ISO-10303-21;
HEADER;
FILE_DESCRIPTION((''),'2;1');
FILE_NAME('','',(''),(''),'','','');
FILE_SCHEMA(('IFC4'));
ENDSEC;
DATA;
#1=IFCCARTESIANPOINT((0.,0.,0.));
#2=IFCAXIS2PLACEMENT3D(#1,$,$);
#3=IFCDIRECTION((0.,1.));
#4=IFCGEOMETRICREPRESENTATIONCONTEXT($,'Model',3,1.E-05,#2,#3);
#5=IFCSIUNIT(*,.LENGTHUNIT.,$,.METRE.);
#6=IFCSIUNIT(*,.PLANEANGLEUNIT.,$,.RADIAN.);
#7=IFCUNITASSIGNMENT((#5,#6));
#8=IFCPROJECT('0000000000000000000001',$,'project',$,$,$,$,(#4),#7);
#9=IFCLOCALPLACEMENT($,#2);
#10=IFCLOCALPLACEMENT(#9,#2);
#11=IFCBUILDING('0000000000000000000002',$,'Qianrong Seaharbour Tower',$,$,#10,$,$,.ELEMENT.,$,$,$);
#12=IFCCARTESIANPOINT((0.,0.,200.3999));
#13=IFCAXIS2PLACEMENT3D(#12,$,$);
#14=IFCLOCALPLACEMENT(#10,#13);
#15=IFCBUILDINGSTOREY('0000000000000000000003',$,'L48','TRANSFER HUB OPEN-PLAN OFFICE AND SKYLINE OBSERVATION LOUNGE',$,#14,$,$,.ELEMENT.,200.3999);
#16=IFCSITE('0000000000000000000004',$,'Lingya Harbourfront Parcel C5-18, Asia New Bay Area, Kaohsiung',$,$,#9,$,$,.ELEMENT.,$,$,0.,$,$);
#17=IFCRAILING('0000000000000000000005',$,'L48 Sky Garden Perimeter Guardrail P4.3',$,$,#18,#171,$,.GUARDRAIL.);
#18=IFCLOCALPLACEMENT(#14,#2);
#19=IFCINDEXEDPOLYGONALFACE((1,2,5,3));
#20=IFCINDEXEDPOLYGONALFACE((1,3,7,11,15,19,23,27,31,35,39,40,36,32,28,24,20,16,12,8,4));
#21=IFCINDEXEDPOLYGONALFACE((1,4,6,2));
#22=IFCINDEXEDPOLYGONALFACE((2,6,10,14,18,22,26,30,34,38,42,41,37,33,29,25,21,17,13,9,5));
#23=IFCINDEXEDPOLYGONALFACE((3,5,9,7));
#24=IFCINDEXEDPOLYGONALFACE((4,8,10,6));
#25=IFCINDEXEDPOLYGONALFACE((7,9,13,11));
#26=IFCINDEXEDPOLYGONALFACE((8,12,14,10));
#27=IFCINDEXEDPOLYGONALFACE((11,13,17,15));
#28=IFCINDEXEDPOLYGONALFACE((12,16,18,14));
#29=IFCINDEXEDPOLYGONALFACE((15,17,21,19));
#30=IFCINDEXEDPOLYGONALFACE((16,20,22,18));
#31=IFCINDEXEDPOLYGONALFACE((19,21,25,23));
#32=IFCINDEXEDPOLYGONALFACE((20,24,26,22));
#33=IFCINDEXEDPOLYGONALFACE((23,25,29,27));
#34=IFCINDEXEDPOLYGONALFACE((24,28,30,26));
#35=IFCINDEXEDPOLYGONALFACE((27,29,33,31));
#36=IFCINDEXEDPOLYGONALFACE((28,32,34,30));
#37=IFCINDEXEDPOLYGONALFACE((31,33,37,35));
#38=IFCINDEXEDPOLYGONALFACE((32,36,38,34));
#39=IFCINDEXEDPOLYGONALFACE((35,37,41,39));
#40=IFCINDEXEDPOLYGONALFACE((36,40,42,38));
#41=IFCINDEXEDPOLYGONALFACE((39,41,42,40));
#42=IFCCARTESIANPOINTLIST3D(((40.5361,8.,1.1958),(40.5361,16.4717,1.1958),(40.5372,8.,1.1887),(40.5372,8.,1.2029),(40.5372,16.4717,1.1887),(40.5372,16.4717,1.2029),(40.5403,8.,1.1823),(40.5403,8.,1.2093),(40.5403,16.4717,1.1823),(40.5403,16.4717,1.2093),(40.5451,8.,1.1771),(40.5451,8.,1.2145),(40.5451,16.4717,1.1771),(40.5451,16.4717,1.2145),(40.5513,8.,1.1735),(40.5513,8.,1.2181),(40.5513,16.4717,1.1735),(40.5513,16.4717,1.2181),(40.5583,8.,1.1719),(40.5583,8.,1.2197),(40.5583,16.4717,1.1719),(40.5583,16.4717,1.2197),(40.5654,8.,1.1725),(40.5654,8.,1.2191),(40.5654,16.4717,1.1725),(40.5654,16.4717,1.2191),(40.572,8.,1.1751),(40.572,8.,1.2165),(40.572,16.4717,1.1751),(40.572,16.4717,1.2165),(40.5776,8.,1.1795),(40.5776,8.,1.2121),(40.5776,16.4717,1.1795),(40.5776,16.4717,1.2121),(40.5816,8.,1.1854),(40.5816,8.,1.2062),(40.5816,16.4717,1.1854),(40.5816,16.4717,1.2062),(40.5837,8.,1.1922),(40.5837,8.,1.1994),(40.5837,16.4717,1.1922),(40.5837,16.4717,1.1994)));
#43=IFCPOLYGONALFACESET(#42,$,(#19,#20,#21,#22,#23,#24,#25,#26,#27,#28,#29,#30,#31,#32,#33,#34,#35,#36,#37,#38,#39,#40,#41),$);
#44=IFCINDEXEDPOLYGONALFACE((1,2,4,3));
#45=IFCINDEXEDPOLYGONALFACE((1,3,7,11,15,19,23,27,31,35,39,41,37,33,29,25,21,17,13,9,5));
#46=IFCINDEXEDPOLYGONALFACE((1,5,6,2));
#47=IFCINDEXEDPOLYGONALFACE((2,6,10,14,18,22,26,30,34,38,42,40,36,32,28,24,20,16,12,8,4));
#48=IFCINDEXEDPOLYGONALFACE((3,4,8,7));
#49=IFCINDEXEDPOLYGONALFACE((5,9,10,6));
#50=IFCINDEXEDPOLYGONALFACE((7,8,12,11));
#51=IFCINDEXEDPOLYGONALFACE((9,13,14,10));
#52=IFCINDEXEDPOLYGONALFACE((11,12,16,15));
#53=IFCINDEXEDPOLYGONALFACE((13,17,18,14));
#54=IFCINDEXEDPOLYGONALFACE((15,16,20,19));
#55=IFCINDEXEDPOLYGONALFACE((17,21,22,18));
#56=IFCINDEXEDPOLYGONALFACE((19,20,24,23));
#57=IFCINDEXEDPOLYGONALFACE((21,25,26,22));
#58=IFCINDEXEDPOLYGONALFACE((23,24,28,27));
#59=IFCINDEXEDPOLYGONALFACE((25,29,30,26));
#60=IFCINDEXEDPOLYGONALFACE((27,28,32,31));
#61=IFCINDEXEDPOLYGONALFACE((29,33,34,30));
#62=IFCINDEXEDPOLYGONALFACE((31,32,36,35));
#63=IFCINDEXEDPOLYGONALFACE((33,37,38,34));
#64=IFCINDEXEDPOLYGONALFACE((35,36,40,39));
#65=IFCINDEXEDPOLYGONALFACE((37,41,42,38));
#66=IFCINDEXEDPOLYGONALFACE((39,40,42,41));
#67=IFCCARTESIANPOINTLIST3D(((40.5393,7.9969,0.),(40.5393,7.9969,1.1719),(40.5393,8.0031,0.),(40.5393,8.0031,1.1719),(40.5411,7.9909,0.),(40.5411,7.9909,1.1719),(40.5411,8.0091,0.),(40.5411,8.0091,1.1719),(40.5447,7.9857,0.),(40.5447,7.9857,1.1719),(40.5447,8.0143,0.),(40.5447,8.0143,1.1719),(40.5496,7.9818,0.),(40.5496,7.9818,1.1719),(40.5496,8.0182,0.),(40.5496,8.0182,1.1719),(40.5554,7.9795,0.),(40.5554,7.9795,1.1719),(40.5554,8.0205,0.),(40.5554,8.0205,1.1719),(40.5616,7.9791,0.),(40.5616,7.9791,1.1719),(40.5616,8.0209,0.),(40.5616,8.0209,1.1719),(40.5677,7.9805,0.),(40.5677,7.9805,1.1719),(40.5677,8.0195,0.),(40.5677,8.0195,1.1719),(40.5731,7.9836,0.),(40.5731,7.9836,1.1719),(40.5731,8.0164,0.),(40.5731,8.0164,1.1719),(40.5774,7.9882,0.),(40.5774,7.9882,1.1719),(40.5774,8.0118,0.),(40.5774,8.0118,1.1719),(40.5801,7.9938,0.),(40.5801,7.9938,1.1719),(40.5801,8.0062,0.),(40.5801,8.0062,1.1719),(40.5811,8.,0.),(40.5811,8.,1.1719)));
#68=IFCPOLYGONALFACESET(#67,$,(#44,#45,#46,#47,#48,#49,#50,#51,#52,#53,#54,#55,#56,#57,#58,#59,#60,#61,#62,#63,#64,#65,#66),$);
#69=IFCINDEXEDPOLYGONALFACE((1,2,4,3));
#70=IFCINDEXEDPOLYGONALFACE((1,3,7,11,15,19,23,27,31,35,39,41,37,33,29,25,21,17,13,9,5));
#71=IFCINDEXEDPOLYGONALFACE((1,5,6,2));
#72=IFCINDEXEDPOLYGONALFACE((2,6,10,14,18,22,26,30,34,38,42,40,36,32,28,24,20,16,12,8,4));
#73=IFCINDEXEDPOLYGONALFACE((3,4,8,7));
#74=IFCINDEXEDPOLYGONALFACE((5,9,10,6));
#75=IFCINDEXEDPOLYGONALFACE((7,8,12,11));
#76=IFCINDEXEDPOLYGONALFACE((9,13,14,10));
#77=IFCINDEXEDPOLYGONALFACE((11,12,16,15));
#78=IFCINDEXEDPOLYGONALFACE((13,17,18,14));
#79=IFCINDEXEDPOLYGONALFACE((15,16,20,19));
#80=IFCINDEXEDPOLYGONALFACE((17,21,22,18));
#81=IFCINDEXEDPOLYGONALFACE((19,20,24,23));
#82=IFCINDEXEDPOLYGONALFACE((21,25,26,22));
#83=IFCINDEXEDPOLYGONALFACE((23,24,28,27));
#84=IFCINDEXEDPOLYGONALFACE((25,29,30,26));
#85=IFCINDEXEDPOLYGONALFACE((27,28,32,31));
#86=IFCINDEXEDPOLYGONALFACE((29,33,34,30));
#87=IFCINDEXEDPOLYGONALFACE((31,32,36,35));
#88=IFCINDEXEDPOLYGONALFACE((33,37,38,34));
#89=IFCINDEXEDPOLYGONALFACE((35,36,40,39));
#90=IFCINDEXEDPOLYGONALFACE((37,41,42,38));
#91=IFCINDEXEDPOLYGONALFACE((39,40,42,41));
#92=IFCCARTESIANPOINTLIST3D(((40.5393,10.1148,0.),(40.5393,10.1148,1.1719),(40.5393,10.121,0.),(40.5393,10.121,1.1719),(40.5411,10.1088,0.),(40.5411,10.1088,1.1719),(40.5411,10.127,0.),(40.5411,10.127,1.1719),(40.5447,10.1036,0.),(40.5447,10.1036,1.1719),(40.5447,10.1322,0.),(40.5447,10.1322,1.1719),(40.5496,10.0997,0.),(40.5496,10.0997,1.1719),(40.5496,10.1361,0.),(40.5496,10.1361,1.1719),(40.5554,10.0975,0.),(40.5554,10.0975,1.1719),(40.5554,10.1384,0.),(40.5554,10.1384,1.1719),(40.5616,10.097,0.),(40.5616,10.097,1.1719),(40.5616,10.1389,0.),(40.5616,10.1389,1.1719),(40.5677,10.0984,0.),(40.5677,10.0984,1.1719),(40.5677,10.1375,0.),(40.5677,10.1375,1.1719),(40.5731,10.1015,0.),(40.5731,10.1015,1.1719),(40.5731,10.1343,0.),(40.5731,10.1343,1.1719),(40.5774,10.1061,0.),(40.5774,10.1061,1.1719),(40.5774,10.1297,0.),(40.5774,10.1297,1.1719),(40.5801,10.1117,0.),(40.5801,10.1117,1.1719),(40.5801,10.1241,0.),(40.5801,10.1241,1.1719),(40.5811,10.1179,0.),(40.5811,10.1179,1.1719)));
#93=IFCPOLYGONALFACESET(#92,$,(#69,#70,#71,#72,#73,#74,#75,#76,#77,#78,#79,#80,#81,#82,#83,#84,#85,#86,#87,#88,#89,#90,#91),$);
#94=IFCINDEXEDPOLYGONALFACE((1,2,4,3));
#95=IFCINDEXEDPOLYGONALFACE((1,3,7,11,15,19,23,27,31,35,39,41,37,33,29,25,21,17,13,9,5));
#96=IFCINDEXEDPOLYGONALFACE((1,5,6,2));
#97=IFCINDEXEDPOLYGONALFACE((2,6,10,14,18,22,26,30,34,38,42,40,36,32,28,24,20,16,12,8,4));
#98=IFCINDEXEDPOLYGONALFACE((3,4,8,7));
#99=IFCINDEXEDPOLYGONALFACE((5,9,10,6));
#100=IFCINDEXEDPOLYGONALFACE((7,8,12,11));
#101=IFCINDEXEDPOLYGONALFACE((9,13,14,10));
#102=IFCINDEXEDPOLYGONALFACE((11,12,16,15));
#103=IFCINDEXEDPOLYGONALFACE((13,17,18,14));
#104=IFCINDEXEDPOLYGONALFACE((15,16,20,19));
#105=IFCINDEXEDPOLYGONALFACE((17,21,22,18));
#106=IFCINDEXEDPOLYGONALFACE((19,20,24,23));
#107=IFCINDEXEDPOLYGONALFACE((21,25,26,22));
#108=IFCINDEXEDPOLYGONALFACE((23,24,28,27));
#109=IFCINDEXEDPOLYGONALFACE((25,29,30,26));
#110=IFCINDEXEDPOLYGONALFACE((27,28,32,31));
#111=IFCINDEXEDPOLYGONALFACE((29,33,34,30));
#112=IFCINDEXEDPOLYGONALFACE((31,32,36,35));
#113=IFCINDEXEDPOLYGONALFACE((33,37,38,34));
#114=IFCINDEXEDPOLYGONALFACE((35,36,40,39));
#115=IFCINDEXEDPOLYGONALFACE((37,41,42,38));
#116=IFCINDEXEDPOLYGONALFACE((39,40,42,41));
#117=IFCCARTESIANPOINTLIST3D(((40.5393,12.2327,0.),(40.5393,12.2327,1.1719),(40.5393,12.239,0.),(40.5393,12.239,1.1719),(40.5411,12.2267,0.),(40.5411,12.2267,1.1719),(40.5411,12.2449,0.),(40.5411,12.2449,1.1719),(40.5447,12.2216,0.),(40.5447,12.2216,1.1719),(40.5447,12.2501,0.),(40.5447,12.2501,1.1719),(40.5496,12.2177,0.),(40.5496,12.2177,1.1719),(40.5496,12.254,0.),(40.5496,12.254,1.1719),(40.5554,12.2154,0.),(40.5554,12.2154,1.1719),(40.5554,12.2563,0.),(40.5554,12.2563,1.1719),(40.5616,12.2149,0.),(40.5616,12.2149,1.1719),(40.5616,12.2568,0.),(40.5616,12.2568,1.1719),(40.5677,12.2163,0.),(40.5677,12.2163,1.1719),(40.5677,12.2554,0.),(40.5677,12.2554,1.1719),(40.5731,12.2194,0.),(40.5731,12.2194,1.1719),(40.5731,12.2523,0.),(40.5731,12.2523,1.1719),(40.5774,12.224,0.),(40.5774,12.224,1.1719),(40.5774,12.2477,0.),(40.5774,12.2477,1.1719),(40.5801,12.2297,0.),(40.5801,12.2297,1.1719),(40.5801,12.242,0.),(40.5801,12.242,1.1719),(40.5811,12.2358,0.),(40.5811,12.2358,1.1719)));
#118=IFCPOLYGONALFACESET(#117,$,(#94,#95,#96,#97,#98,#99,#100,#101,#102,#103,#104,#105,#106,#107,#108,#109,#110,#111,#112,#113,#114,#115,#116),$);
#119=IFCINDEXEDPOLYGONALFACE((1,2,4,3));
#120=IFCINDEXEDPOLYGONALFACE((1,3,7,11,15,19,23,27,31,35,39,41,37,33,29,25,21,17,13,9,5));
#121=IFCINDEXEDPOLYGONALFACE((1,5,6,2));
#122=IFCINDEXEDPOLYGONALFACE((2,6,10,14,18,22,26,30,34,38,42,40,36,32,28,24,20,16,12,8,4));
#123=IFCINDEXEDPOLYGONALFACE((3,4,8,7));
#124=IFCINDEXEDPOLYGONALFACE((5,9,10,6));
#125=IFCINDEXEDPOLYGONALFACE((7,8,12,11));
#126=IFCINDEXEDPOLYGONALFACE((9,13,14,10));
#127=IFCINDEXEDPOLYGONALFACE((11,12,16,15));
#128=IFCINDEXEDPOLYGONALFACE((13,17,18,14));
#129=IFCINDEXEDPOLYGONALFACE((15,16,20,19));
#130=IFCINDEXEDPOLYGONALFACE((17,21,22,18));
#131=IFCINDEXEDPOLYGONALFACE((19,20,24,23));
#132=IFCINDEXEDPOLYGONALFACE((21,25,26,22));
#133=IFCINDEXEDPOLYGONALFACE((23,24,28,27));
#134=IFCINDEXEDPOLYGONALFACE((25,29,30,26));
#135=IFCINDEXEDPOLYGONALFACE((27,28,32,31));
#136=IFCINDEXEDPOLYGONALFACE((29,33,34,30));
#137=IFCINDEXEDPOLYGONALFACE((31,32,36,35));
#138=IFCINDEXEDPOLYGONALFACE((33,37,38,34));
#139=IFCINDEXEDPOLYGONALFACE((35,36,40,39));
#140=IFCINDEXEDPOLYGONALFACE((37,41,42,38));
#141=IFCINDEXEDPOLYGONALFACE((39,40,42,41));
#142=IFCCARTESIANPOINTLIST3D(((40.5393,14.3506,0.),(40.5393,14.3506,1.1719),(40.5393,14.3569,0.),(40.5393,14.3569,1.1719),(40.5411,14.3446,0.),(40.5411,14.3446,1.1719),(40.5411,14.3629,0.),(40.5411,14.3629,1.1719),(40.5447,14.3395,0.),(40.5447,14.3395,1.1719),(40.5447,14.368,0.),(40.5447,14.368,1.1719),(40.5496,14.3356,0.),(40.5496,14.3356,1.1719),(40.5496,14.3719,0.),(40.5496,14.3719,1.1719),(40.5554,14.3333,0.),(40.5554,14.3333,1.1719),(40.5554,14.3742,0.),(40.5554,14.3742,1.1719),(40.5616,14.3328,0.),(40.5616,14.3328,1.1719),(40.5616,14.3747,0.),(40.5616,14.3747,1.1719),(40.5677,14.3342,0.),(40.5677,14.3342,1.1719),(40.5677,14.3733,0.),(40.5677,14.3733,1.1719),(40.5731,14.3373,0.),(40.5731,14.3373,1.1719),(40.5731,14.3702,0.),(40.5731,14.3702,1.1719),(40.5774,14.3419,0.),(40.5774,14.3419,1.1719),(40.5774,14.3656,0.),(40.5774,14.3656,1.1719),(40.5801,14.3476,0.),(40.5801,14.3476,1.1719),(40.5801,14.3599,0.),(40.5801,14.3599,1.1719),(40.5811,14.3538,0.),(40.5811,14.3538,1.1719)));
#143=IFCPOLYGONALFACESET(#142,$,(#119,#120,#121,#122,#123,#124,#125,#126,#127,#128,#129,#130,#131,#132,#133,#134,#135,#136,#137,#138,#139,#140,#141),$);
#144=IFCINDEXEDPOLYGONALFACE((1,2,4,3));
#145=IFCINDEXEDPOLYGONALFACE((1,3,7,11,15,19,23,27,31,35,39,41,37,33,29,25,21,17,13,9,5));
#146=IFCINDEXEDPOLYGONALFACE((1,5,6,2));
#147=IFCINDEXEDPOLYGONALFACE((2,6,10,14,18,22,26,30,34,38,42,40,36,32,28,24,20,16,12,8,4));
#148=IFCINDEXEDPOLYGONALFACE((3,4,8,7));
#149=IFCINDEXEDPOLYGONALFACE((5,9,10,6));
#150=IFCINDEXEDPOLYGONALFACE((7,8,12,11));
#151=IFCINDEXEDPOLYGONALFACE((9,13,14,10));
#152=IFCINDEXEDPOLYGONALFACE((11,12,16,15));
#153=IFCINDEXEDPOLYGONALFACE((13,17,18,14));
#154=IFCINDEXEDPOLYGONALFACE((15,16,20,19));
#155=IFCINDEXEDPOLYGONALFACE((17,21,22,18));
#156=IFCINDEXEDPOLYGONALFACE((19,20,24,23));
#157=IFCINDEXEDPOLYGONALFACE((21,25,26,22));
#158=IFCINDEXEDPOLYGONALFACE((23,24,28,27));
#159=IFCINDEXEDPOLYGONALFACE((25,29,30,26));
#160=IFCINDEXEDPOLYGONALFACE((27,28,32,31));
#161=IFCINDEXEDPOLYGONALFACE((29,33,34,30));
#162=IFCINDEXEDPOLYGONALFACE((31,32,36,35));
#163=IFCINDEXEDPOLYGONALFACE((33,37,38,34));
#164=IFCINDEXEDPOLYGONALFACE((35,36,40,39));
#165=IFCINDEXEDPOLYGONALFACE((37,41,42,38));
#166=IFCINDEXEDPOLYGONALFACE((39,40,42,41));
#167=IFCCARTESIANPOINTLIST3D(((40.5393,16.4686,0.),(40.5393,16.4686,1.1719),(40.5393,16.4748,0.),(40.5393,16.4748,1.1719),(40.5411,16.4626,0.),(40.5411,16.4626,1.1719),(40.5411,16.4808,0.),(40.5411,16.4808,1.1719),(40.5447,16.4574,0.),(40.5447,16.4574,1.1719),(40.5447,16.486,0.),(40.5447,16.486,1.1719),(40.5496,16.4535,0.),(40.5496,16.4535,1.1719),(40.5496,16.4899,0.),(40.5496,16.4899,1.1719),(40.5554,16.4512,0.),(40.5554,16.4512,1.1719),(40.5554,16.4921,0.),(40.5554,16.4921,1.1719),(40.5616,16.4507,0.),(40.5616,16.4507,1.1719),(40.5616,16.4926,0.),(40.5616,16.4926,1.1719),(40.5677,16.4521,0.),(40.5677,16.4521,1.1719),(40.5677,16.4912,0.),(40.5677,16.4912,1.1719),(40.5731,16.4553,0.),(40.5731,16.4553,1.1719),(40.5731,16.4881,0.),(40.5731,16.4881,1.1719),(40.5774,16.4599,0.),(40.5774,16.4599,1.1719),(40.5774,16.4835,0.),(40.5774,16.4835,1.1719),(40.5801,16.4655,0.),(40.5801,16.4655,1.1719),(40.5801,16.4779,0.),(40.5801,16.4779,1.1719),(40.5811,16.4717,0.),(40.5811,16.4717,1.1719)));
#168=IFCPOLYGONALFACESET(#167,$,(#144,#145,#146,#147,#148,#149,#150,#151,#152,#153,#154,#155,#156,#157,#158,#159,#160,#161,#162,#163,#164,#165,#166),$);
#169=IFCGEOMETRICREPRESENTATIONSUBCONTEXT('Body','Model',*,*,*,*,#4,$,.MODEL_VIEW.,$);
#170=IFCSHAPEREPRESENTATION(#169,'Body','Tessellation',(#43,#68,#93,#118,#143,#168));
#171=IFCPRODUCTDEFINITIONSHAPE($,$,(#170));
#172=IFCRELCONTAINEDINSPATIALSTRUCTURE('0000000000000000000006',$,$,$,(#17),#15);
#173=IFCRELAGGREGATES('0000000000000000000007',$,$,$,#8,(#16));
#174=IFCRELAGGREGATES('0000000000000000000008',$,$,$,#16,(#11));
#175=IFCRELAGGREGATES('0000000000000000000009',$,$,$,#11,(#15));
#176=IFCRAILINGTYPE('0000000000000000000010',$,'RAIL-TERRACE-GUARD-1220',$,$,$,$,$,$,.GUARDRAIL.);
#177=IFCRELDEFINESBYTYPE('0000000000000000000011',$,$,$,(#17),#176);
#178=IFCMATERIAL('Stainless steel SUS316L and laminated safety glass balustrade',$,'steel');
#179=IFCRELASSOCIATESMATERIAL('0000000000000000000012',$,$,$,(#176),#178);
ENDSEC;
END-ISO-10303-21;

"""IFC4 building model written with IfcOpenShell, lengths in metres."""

from ifc_helpers import new_model, si_unit, direction, frame, origin, origin_2d, place, context, subcontext, project, spatial, circle, extrude, material, type_object, element, save


model = new_model("IFC4")

# Units and contexts
model_context = context("Model", 3, precision=1e-05, world=origin(), true_north=direction((0.0, 1.0)))
body_context = subcontext(model_context, "Body", "Model", "MODEL_VIEW")
ifc_project = project(units=[si_unit("LENGTHUNIT", "METRE"), si_unit("PLANEANGLEUNIT", "RADIAN")], contexts=[model_context])

# Site, building, storey
site_placement = place(None, origin())
site = spatial("IfcSite", under=ifc_project, at=site_placement, Name="Lingya Harbourfront Parcel C5-18, Asia New Bay Area, Kaohsiung", CompositionType="ELEMENT", RefElevation=0.0)
building_placement = place(site_placement, origin())
building = spatial("IfcBuilding", under=site, at=building_placement, Name="Qianrong Seaharbour Tower", CompositionType="ELEMENT")
storey_placement = place(building_placement, frame((0.0, 0.0, 200.3999)))
storey = spatial("IfcBuildingStorey", under=building, at=storey_placement, Name="L48", Description="TRANSFER HUB OPEN-PLAN OFFICE AND SKYLINE OBSERVATION LOUNGE", CompositionType="ELEMENT", Elevation=200.3999)

# Railing
ifc_material_1 = material(Name="Stainless steel SUS316L and laminated safety glass balustrade", Category="steel")
railing_type_1 = type_object("IfcRailingType", Name="RAIL-TERRACE-GUARD-1220", PredefinedType="GUARDRAIL", material=ifc_material_1)
railing_1_placement = place(storey_placement, frame((40.5601, 8.0, 0.0)))
element("IfcRailing", 1, at=railing_1_placement, inside=storey, type_object=railing_type_1, Name="L48 Sky Garden Perimeter Guardrail P4.3", PredefinedType="GUARDRAIL", context=body_context, shape_type="SweptSolid", body=[
    extrude(circle(Radius=0.0239, at=origin_2d()), frame((0.0, 0.0, 1.1958), z_axis=(0.0, 1.0, 0.0), x_axis=(-1.0, 0.0, 0.0)), (0.0, 0.0, 1.0), 8.4717),
    extrude(circle(Radius=0.021, at=origin_2d()), origin(), (0.0, 0.0, 1.0), 1.1719),
    extrude(circle(Radius=0.021, at=origin_2d()), frame((0.0, 2.1179, 0.0)), (0.0, 0.0, 1.0), 1.1719),
    extrude(circle(Radius=0.021, at=origin_2d()), frame((0.0, 4.2358, 0.0)), (0.0, 0.0, 1.0), 1.1719),
    extrude(circle(Radius=0.021, at=origin_2d()), frame((0.0, 6.3538, 0.0)), (0.0, 0.0, 1.0), 1.1719),
    extrude(circle(Radius=0.021, at=origin_2d()), frame((0.0, 8.4717, 0.0)), (0.0, 0.0, 1.0), 1.1719),
])

save(model, "model.ifc")
